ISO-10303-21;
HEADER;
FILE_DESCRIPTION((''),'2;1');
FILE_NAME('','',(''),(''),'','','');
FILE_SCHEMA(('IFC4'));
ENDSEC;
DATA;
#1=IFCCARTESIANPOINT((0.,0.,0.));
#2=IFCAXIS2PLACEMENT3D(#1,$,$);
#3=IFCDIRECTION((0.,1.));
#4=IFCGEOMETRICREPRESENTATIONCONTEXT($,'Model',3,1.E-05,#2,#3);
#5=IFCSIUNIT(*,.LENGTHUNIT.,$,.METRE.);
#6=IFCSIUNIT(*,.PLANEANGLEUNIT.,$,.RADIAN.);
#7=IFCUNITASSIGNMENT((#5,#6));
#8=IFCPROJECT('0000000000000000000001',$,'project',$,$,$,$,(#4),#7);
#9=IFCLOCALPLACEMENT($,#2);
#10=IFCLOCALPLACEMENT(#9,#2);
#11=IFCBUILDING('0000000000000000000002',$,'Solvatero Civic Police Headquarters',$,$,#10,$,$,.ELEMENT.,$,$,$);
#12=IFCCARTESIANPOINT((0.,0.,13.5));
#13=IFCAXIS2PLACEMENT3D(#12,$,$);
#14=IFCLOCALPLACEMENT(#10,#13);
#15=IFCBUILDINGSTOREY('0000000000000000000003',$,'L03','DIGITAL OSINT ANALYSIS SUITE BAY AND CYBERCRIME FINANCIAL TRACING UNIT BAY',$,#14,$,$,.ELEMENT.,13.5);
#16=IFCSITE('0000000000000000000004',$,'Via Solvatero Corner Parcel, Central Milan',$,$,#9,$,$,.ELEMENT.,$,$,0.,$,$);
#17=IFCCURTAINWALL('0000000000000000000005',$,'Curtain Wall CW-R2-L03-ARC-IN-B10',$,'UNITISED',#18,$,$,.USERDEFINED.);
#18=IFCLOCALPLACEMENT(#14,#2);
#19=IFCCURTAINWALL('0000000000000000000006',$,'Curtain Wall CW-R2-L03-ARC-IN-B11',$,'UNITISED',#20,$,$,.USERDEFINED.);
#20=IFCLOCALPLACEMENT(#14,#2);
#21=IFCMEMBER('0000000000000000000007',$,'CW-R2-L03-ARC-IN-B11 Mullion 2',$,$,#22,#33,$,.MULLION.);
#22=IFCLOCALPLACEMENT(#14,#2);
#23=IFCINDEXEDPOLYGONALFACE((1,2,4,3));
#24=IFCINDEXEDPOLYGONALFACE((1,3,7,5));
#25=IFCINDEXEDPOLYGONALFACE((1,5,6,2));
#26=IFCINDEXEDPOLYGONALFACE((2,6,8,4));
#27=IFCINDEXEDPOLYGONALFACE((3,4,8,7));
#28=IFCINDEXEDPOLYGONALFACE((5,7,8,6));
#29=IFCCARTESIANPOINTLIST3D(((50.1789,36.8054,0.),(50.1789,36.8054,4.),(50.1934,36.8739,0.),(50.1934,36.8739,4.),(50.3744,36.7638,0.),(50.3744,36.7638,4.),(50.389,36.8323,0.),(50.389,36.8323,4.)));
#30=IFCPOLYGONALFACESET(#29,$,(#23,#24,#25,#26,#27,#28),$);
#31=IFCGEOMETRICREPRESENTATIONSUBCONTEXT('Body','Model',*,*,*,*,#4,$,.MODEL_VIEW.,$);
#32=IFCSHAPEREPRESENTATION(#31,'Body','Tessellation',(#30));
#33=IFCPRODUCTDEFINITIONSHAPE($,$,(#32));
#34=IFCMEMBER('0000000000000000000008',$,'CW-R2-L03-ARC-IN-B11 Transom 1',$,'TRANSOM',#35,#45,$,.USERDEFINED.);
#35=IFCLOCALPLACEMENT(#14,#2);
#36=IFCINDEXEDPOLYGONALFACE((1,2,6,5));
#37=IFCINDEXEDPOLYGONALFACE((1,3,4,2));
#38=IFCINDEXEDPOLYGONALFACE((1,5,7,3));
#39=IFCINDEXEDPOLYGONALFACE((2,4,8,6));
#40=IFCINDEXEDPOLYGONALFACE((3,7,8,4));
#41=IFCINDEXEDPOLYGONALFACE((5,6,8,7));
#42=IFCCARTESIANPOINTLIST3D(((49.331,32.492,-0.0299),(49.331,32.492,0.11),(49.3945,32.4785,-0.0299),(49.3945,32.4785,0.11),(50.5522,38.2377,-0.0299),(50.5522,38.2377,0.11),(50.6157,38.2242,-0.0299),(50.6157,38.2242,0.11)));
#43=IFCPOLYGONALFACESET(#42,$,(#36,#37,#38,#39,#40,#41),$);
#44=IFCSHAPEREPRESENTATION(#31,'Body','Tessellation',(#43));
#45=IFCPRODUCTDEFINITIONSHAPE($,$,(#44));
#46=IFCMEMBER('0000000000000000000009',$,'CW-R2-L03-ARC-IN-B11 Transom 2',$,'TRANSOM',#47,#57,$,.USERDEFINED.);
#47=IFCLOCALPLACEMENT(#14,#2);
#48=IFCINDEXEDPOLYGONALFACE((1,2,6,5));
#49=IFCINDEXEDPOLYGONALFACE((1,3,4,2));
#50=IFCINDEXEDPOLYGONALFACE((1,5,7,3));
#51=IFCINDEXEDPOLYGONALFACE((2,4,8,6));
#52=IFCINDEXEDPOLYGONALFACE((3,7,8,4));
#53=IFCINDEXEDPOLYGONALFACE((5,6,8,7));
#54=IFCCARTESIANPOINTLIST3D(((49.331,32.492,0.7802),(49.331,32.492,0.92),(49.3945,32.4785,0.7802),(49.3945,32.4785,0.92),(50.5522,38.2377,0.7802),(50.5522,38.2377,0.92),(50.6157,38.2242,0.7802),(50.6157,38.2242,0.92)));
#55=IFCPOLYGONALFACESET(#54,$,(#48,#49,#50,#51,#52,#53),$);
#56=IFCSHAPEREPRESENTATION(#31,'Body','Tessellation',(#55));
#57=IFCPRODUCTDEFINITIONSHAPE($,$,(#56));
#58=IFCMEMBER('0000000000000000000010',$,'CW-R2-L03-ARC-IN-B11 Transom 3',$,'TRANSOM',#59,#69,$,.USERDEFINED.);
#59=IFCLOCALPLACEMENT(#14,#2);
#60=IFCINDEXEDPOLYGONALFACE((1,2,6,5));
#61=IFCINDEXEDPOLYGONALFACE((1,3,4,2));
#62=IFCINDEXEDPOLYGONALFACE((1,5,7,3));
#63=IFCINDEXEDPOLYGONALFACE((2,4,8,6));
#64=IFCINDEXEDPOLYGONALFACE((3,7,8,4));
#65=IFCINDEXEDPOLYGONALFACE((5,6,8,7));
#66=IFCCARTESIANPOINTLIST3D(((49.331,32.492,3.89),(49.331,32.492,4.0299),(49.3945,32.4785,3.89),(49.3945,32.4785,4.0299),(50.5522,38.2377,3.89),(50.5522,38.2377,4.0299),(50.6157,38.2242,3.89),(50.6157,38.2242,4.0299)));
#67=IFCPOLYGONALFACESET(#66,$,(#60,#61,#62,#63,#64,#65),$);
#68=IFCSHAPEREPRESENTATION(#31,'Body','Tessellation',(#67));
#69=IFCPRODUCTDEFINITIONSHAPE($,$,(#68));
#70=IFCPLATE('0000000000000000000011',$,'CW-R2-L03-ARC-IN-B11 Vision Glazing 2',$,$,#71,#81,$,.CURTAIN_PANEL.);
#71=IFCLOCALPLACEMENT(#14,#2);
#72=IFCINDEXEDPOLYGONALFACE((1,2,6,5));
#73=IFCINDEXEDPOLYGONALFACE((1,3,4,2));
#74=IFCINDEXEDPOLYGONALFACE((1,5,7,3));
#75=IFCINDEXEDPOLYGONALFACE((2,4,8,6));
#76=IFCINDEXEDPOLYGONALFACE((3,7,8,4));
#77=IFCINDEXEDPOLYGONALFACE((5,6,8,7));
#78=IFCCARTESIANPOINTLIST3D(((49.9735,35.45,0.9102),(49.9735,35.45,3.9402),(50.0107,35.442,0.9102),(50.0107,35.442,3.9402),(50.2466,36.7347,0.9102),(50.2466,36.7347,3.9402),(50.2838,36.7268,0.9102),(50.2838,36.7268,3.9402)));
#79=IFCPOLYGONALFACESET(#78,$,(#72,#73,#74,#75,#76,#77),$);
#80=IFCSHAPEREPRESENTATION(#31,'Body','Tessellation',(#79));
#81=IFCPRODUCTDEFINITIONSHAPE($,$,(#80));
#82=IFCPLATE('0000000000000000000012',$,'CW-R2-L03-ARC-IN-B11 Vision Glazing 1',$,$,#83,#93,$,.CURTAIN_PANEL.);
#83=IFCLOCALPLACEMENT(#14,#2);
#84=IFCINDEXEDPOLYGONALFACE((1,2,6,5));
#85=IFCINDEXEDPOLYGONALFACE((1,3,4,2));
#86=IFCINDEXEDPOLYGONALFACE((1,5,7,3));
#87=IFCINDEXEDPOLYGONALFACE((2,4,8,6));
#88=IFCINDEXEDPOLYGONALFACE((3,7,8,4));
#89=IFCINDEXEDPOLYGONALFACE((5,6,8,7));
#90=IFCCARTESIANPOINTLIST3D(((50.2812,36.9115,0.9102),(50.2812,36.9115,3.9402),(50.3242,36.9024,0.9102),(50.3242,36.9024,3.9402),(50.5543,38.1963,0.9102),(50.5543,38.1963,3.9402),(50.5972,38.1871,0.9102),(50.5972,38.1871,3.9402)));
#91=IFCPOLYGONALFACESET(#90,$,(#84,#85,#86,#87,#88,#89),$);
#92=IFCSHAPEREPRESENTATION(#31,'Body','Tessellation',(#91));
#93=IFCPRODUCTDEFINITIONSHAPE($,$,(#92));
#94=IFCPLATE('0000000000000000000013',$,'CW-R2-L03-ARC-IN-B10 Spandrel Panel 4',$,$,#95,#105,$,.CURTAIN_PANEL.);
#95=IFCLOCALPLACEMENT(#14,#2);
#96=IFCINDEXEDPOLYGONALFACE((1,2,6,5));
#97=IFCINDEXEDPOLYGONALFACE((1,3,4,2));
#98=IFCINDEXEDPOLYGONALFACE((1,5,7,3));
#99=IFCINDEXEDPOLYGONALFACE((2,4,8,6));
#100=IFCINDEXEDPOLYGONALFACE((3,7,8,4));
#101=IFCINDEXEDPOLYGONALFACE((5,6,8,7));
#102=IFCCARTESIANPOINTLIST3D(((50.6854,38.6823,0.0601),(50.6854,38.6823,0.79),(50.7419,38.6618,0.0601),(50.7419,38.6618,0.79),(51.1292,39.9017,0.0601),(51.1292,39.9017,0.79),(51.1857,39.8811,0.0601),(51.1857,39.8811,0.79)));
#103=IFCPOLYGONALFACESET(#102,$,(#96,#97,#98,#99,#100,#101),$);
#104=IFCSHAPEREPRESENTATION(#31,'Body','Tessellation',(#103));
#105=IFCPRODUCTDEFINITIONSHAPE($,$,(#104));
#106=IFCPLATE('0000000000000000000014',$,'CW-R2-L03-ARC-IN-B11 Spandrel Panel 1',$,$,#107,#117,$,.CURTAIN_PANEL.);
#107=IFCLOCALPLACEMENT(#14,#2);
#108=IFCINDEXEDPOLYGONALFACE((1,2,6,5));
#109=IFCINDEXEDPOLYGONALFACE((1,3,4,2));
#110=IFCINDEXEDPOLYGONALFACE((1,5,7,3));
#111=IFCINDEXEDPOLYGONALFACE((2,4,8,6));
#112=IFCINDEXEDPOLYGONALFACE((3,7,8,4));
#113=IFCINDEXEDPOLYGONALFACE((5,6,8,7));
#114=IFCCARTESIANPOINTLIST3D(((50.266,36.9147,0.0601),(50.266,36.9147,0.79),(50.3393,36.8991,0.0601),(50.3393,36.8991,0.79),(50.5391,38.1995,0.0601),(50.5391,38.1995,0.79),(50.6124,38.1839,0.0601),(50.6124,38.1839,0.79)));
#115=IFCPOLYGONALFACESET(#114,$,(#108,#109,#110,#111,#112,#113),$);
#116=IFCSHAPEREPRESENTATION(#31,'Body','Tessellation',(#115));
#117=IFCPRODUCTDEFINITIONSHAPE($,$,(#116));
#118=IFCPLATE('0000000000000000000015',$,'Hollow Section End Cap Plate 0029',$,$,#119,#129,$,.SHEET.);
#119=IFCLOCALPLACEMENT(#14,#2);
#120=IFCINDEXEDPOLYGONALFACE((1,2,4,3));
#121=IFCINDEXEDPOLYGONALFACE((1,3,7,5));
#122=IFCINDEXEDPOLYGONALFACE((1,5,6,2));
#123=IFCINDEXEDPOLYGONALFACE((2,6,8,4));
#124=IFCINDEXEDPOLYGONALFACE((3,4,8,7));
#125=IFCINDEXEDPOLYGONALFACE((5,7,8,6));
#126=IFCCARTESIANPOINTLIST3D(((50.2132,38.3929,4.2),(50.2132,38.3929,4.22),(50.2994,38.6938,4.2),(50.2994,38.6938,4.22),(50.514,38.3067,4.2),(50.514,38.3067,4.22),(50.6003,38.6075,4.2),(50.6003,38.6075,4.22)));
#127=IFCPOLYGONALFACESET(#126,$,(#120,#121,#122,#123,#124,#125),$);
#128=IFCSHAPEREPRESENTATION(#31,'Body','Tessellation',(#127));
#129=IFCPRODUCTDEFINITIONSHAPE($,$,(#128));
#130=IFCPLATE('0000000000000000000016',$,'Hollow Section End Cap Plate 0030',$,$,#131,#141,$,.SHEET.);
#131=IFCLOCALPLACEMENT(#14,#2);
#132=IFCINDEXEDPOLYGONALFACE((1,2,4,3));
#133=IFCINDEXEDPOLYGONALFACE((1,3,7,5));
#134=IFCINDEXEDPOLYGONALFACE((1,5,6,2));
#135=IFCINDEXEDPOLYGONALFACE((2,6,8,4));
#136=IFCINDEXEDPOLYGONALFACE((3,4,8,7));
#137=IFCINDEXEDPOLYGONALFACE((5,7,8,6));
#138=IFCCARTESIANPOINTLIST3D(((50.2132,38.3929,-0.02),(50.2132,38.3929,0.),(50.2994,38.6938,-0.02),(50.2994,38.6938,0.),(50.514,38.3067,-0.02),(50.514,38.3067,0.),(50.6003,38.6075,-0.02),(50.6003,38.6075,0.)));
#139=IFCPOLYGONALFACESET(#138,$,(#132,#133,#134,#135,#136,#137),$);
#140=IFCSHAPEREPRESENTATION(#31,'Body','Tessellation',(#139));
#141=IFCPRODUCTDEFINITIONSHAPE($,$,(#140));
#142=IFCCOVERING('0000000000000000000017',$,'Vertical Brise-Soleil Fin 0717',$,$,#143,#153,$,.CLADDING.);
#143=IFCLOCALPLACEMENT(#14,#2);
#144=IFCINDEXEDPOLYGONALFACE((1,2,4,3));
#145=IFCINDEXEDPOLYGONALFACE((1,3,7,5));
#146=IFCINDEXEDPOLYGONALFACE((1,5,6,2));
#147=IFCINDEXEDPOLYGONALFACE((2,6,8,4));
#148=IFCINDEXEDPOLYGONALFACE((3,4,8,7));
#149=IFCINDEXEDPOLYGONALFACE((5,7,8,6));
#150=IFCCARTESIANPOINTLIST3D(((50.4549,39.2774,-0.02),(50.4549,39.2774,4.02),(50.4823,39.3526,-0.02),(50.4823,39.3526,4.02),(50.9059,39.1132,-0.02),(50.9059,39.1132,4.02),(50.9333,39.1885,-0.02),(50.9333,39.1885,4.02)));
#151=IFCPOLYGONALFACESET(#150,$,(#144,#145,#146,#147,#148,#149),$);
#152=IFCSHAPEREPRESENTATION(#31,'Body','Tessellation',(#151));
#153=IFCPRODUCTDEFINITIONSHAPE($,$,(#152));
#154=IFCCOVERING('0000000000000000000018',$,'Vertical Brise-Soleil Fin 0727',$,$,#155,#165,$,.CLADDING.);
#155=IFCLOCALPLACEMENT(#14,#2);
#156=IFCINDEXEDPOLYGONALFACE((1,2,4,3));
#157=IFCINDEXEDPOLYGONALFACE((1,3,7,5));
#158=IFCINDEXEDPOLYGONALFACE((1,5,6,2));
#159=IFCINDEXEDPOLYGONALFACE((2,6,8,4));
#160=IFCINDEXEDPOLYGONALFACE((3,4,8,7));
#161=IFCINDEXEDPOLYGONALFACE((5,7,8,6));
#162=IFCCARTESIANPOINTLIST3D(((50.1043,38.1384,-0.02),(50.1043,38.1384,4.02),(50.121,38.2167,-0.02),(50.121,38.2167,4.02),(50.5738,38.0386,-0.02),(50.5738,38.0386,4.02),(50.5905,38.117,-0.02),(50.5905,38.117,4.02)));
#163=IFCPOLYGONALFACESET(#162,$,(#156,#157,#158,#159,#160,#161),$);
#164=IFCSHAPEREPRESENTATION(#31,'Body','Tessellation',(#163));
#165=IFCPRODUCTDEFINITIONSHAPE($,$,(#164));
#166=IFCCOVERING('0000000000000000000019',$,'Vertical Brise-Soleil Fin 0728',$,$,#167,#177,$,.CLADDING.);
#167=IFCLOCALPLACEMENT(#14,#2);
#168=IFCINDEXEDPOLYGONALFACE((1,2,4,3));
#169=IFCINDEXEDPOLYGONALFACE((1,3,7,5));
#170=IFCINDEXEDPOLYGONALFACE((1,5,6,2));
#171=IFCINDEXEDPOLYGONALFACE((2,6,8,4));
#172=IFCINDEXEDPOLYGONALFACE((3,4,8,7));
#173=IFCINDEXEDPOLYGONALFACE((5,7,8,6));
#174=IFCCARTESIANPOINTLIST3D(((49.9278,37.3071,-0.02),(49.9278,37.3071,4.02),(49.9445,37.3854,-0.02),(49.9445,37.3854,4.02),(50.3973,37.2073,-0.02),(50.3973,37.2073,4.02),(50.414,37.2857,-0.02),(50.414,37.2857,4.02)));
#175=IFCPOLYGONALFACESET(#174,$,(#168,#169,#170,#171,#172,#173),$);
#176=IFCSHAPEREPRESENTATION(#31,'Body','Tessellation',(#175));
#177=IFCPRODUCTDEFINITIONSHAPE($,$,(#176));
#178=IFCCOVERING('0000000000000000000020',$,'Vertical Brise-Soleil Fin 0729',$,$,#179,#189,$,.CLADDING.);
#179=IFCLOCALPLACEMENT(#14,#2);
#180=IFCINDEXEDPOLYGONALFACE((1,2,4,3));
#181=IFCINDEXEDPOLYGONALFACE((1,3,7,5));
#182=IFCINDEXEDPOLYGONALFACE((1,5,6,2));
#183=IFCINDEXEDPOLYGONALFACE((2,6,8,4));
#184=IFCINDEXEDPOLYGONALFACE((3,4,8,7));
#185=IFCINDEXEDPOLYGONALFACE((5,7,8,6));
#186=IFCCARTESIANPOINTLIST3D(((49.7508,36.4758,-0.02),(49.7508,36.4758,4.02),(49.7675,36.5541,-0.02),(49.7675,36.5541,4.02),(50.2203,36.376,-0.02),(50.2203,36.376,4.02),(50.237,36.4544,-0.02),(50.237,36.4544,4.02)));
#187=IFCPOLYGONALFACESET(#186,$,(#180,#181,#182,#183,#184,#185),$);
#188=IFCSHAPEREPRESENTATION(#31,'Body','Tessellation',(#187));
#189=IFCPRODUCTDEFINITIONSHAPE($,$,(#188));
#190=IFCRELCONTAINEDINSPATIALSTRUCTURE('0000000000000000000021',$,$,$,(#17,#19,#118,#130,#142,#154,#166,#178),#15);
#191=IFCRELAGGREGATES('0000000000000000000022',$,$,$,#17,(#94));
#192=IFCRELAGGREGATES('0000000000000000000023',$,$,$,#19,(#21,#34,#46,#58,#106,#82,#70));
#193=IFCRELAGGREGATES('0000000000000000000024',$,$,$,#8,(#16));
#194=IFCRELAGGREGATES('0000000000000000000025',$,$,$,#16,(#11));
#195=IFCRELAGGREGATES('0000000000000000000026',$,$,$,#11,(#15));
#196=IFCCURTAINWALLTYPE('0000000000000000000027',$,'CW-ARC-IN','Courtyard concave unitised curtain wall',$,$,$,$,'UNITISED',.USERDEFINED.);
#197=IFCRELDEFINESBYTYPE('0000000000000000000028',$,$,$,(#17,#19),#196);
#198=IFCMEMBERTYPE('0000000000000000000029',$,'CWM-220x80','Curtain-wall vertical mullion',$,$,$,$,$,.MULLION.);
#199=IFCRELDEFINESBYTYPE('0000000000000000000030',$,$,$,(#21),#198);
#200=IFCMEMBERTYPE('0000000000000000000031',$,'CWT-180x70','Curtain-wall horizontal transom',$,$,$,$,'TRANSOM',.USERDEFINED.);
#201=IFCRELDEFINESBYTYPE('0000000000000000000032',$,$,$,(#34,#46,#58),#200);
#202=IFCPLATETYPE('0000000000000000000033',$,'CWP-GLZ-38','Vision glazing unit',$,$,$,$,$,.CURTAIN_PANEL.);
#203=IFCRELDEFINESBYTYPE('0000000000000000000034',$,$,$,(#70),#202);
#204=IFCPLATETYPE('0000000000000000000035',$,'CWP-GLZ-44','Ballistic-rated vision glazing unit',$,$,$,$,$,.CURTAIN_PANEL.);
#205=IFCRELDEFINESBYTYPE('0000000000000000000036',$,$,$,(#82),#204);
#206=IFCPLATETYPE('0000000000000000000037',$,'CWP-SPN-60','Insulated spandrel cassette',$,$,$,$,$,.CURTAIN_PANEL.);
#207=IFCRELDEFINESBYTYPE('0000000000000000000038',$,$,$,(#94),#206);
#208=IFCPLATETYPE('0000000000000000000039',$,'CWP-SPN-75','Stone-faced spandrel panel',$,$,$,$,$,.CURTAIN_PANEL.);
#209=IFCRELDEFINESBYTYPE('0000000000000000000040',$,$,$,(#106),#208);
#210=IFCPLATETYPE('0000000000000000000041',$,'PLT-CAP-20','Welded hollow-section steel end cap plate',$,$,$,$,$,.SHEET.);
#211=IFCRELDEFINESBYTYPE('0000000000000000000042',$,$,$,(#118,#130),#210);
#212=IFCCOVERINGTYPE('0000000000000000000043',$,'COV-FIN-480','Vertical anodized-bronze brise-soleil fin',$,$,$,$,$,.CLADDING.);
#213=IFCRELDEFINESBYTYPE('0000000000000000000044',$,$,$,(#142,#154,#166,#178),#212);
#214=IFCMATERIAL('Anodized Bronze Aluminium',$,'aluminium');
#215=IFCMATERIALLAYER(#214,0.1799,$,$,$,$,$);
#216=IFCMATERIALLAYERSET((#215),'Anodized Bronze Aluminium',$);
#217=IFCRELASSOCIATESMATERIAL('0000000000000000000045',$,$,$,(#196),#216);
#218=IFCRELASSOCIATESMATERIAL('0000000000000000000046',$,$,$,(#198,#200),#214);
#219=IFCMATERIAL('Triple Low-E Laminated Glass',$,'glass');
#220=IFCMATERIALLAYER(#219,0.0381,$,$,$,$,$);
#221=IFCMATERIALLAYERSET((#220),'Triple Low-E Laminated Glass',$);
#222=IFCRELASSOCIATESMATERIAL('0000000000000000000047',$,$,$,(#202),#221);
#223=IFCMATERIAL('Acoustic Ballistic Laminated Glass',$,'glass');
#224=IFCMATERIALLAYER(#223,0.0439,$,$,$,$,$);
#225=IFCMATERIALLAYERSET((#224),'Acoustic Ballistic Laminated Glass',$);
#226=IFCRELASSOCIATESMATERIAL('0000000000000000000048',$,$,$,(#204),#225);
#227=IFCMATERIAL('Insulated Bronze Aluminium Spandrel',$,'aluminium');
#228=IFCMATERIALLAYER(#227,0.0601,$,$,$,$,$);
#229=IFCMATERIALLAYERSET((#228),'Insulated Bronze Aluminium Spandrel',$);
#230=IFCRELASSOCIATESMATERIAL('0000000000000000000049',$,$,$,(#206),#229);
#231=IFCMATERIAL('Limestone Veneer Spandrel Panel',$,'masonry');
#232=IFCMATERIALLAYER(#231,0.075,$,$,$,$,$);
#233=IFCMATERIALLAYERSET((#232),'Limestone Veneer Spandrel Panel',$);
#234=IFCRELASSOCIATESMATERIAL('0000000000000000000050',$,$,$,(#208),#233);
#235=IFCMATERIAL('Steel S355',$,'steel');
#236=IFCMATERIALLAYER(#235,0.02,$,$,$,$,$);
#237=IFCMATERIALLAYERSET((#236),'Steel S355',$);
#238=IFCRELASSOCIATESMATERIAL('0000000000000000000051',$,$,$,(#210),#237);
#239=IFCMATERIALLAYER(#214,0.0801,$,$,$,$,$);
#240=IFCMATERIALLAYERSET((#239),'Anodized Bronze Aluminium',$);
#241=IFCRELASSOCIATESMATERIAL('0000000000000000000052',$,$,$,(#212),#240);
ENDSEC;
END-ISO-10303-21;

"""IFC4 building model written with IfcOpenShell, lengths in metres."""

from ifc_helpers import new_model, si_unit, direction, frame, origin, origin_2d, place, context, subcontext, project, spatial, rectangle, extrude, material, layer, layer_set, material_profile, profile_set, type_object, element, aggregate, save


model = new_model("IFC4")

# Units and contexts
model_context = context("Model", 3, precision=1e-05, world=origin(), true_north=direction((0.0, 1.0)))
body_context = subcontext(model_context, "Body", "Model", "MODEL_VIEW")
ifc_project = project(units=[si_unit("LENGTHUNIT", "METRE"), si_unit("PLANEANGLEUNIT", "RADIAN")], contexts=[model_context])

# Site, building, storey
site_placement = place(None, origin())
site = spatial("IfcSite", under=ifc_project, at=site_placement, Name="Via Solvatero Corner Parcel, Central Milan", CompositionType="ELEMENT", RefElevation=0.0)
building_placement = place(site_placement, origin())
building = spatial("IfcBuilding", under=site, at=building_placement, Name="Solvatero Civic Police Headquarters", CompositionType="ELEMENT")
storey_placement = place(building_placement, frame((0.0, 0.0, 13.5)))
storey = spatial("IfcBuildingStorey", under=building, at=storey_placement, Name="L03", Description="DIGITAL OSINT ANALYSIS SUITE BAY AND CYBERCRIME FINANCIAL TRACING UNIT BAY", CompositionType="ELEMENT", Elevation=13.5)

# Shared definitions
ifc_material_1 = material(Name="Steel S355", Category="steel")

# Curtain wall
ifc_material_2 = material(Name="Anodized Bronze Aluminium", Category="aluminium")
ifc_layer_1 = layer(ifc_material_2, 0.1799)
ifc_layer_set_1 = layer_set([ifc_layer_1], Name="Anodized Bronze Aluminium")
curtain_wall_type = type_object("IfcCurtainWallType", Name="CW-ARC-IN", Description="Courtyard concave unitised curtain wall", ElementType="UNITISED", PredefinedType="USERDEFINED", material=ifc_layer_set_1)
curtain_wall_1_placement = place(storey_placement, origin())
curtain_wall_1 = element("IfcCurtainWall", 1, at=curtain_wall_1_placement, inside=storey, type_object=curtain_wall_type, Name="Curtain Wall CW-R2-L03-ARC-IN-B10", ObjectType="UNITISED", PredefinedType="USERDEFINED")

# Curtain wall, members, plates
curtain_wall_2_placement = place(storey_placement, origin())
curtain_wall_2 = element("IfcCurtainWall", 2, at=curtain_wall_2_placement, inside=storey, type_object=curtain_wall_type, Name="Curtain Wall CW-R2-L03-ARC-IN-B11", ObjectType="UNITISED", PredefinedType="USERDEFINED")
ifc_material_profile_1 = material_profile(ifc_material_2, rectangle(XDim=0.0701, YDim=0.2, at=origin_2d()), Name="ALU MULLION 70x200")
ifc_profile_set_1 = profile_set([ifc_material_profile_1], Name="Anodized Bronze Aluminium")
member_type_1 = type_object("IfcMemberType", Name="CWM-220x80", Description="Curtain-wall vertical mullion", PredefinedType="MULLION", material=ifc_profile_set_1)
member_1_placement = place(storey_placement, frame((50.2839, 36.8188, 0.0), z_axis=(0.0, 0.0, 1.0), x_axis=(-0.207912, -0.978148, 0.0)))
member_1 = element("IfcMember", 3, at=member_1_placement, type_object=member_type_1, Name="CW-R2-L03-ARC-IN-B11 Mullion 2", PredefinedType="MULLION", context=body_context, shape_type="SweptSolid", body=[
    extrude(rectangle(XDim=0.0701, YDim=0.2, at=origin_2d()), origin(), (0.0, 0.0, 1.0), 4.0),
])
ifc_material_profile_2 = material_profile(ifc_material_2, rectangle(XDim=0.0649, YDim=0.1399, at=origin_2d()), Name="ALU TRANSOM 65x140")
ifc_profile_set_2 = profile_set([ifc_material_profile_2], Name="Anodized Bronze Aluminium")
member_type_2 = type_object("IfcMemberType", Name="CWT-180x70", Description="Curtain-wall horizontal transom", ElementType="TRANSOM", PredefinedType="USERDEFINED", material=ifc_profile_set_2)
member_2_placement = place(storey_placement, frame((50.584, 38.231, 0.04), z_axis=(-0.2079, -0.97815, 0.0), x_axis=(0.97815, -0.2079, 0.0)))
member_2 = element("IfcMember", 4, at=member_2_placement, type_object=member_type_2, Name="CW-R2-L03-ARC-IN-B11 Transom 1", ObjectType="TRANSOM", PredefinedType="USERDEFINED", context=body_context, shape_type="SweptSolid", body=[
    extrude(rectangle(XDim=0.0649, YDim=0.1399, at=origin_2d()), origin(), (0.0, 0.0, 1.0), 5.874),
])
member_3_placement = place(storey_placement, frame((50.584, 38.231, 0.8501), z_axis=(-0.2079, -0.97815, 0.0), x_axis=(0.97815, -0.2079, 0.0)))
member_3 = element("IfcMember", 5, at=member_3_placement, type_object=member_type_2, Name="CW-R2-L03-ARC-IN-B11 Transom 2", ObjectType="TRANSOM", PredefinedType="USERDEFINED", context=body_context, shape_type="SweptSolid", body=[
    extrude(rectangle(XDim=0.0649, YDim=0.1399, at=origin_2d()), origin(), (0.0, 0.0, 1.0), 5.874),
])
member_4_placement = place(storey_placement, frame((50.584, 38.231, 3.96), z_axis=(-0.2079, -0.97815, 0.0), x_axis=(0.97815, -0.2079, 0.0)))
member_4 = element("IfcMember", 6, at=member_4_placement, type_object=member_type_2, Name="CW-R2-L03-ARC-IN-B11 Transom 3", ObjectType="TRANSOM", PredefinedType="USERDEFINED", context=body_context, shape_type="SweptSolid", body=[
    extrude(rectangle(XDim=0.0649, YDim=0.1399, at=origin_2d()), origin(), (0.0, 0.0, 1.0), 5.874),
])
ifc_material_3 = material(Name="Triple Low-E Laminated Glass", Category="glass")
ifc_layer_2 = layer(ifc_material_3, 0.0381)
ifc_layer_set_2 = layer_set([ifc_layer_2], Name="Triple Low-E Laminated Glass")
plate_type_1 = type_object("IfcPlateType", Name="CWP-GLZ-38", Description="Vision glazing unit", PredefinedType="CURTAIN_PANEL", material=ifc_layer_set_2)
plate_1_placement = place(storey_placement, frame((50.1287, 36.0884, 0.9102), z_axis=(0.0, 0.0, 1.0), x_axis=(-0.207912, -0.978148, 0.0)))
plate_1 = element("IfcPlate", 7, at=plate_1_placement, type_object=plate_type_1, Name="CW-R2-L03-ARC-IN-B11 Vision Glazing 2", PredefinedType="CURTAIN_PANEL", context=body_context, shape_type="SweptSolid", body=[
    extrude(rectangle(XDim=1.3135, YDim=0.0381, at=origin_2d()), origin(), (0.0, 0.0, 1.0), 3.03),
])
ifc_material_4 = material(Name="Acoustic Ballistic Laminated Glass", Category="glass")
ifc_layer_3 = layer(ifc_material_4, 0.0439)
ifc_layer_set_3 = layer_set([ifc_layer_3], Name="Acoustic Ballistic Laminated Glass")
plate_type_2 = type_object("IfcPlateType", Name="CWP-GLZ-44", Description="Ballistic-rated vision glazing unit", PredefinedType="CURTAIN_PANEL", material=ifc_layer_set_3)
plate_2_placement = place(storey_placement, frame((50.4392, 37.5493, 0.9102), z_axis=(0.0, 0.0, 1.0), x_axis=(-0.207912, -0.978148, 0.0)))
plate_2 = element("IfcPlate", 8, at=plate_2_placement, type_object=plate_type_2, Name="CW-R2-L03-ARC-IN-B11 Vision Glazing 1", PredefinedType="CURTAIN_PANEL", context=body_context, shape_type="SweptSolid", body=[
    extrude(rectangle(XDim=1.3135, YDim=0.0439, at=origin_2d()), origin(), (0.0, 0.0, 1.0), 3.03),
])

# Plates
ifc_material_5 = material(Name="Insulated Bronze Aluminium Spandrel", Category="aluminium")
ifc_layer_4 = layer(ifc_material_5, 0.0601)
ifc_layer_set_4 = layer_set([ifc_layer_4], Name="Insulated Bronze Aluminium Spandrel")
plate_type_3 = type_object("IfcPlateType", Name="CWP-SPN-60", Description="Insulated spandrel cassette", PredefinedType="CURTAIN_PANEL", material=ifc_layer_set_4)
plate_3_placement = place(storey_placement, frame((50.9355, 39.2817, 0.0601), z_axis=(0.0, 0.0, 1.0), x_axis=(-0.34202, -0.939693, 0.0)))
plate_3 = element("IfcPlate", 9, at=plate_3_placement, type_object=plate_type_3, Name="CW-R2-L03-ARC-IN-B10 Spandrel Panel 4", PredefinedType="CURTAIN_PANEL", context=body_context, shape_type="SweptSolid", body=[
    extrude(rectangle(XDim=1.2976, YDim=0.0601, at=origin_2d()), origin(), (0.0, 0.0, 1.0), 0.73),
])
aggregate(curtain_wall_1, [plate_3])
ifc_material_6 = material(Name="Limestone Veneer Spandrel Panel", Category="masonry")
ifc_layer_5 = layer(ifc_material_6, 0.075)
ifc_layer_set_5 = layer_set([ifc_layer_5], Name="Limestone Veneer Spandrel Panel")
plate_type_4 = type_object("IfcPlateType", Name="CWP-SPN-75", Description="Stone-faced spandrel panel", PredefinedType="CURTAIN_PANEL", material=ifc_layer_set_5)
plate_4_placement = place(storey_placement, frame((50.4392, 37.5493, 0.0601), z_axis=(0.0, 0.0, 1.0), x_axis=(-0.207912, -0.978148, 0.0)))
plate_4 = element("IfcPlate", 10, at=plate_4_placement, type_object=plate_type_4, Name="CW-R2-L03-ARC-IN-B11 Spandrel Panel 1", PredefinedType="CURTAIN_PANEL", context=body_context, shape_type="SweptSolid", body=[
    extrude(rectangle(XDim=1.3135, YDim=0.075, at=origin_2d()), origin(), (0.0, 0.0, 1.0), 0.73),
])
aggregate(curtain_wall_2, [member_1, member_2, member_3, member_4, plate_4, plate_2, plate_1])

# Plates
ifc_layer_6 = layer(ifc_material_1, 0.02)
ifc_layer_set_6 = layer_set([ifc_layer_6], Name="Steel S355")
plate_type_5 = type_object("IfcPlateType", Name="PLT-CAP-20", Description="Welded hollow-section steel end cap plate", PredefinedType="SHEET", material=ifc_layer_set_6)
for number, where, z_axis, x_axis, name in (
    (11, (50.4067, 38.5002, 4.2), (0.0, 0.0, 1.0), (0.275637, 0.961262, 0.0), "Hollow Section End Cap Plate 0029"),
    (12, (50.4067, 38.5002, -0.02), (0.0, 0.0, 1.0), (0.275637, 0.961262, 0.0), "Hollow Section End Cap Plate 0030"),
):
    element("IfcPlate", number, at=place(storey_placement, frame(where, z_axis=z_axis, x_axis=x_axis)), inside=storey, type_object=plate_type_5, Name=name, PredefinedType="SHEET", context=body_context, shape_type="SweptSolid", body=[
        extrude(rectangle(XDim=0.313, YDim=0.313, at=origin_2d()), origin(), (0.0, 0.0, 1.0), 0.02),
    ])

# Coverings
ifc_layer_7 = layer(ifc_material_2, 0.0801)
ifc_layer_set_7 = layer_set([ifc_layer_7], Name="Anodized Bronze Aluminium")
covering_type = type_object("IfcCoveringType", Name="COV-FIN-480", Description="Vertical anodized-bronze brise-soleil fin", PredefinedType="CLADDING", material=ifc_layer_set_7)
for number, where, z_axis, x_axis, name in (
    (13, (50.6941, 39.2329, -0.02), (0.0, 0.0, 1.0), (-0.34202, -0.939693, 0.0), "Vertical Brise-Soleil Fin 0717"),
    (14, (50.3474, 38.1277, -0.02), (0.0, 0.0, 1.0), (-0.207912, -0.978148, 0.0), "Vertical Brise-Soleil Fin 0727"),
    (15, (50.1709, 37.2964, -0.02), (0.0, 0.0, 1.0), (-0.207912, -0.978148, 0.0), "Vertical Brise-Soleil Fin 0728"),
    (16, (49.9939, 36.4651, -0.02), (0.0, 0.0, 1.0), (-0.207912, -0.978148, 0.0), "Vertical Brise-Soleil Fin 0729"),
):
    element("IfcCovering", number, at=place(storey_placement, frame(where, z_axis=z_axis, x_axis=x_axis)), inside=storey, type_object=covering_type, Name=name, PredefinedType="CLADDING", context=body_context, shape_type="SweptSolid", body=[
        extrude(rectangle(XDim=0.0801, YDim=0.48, at=origin_2d()), origin(), (0.0, 0.0, 1.0), 4.04),
    ])

save(model, "model.ifc")
